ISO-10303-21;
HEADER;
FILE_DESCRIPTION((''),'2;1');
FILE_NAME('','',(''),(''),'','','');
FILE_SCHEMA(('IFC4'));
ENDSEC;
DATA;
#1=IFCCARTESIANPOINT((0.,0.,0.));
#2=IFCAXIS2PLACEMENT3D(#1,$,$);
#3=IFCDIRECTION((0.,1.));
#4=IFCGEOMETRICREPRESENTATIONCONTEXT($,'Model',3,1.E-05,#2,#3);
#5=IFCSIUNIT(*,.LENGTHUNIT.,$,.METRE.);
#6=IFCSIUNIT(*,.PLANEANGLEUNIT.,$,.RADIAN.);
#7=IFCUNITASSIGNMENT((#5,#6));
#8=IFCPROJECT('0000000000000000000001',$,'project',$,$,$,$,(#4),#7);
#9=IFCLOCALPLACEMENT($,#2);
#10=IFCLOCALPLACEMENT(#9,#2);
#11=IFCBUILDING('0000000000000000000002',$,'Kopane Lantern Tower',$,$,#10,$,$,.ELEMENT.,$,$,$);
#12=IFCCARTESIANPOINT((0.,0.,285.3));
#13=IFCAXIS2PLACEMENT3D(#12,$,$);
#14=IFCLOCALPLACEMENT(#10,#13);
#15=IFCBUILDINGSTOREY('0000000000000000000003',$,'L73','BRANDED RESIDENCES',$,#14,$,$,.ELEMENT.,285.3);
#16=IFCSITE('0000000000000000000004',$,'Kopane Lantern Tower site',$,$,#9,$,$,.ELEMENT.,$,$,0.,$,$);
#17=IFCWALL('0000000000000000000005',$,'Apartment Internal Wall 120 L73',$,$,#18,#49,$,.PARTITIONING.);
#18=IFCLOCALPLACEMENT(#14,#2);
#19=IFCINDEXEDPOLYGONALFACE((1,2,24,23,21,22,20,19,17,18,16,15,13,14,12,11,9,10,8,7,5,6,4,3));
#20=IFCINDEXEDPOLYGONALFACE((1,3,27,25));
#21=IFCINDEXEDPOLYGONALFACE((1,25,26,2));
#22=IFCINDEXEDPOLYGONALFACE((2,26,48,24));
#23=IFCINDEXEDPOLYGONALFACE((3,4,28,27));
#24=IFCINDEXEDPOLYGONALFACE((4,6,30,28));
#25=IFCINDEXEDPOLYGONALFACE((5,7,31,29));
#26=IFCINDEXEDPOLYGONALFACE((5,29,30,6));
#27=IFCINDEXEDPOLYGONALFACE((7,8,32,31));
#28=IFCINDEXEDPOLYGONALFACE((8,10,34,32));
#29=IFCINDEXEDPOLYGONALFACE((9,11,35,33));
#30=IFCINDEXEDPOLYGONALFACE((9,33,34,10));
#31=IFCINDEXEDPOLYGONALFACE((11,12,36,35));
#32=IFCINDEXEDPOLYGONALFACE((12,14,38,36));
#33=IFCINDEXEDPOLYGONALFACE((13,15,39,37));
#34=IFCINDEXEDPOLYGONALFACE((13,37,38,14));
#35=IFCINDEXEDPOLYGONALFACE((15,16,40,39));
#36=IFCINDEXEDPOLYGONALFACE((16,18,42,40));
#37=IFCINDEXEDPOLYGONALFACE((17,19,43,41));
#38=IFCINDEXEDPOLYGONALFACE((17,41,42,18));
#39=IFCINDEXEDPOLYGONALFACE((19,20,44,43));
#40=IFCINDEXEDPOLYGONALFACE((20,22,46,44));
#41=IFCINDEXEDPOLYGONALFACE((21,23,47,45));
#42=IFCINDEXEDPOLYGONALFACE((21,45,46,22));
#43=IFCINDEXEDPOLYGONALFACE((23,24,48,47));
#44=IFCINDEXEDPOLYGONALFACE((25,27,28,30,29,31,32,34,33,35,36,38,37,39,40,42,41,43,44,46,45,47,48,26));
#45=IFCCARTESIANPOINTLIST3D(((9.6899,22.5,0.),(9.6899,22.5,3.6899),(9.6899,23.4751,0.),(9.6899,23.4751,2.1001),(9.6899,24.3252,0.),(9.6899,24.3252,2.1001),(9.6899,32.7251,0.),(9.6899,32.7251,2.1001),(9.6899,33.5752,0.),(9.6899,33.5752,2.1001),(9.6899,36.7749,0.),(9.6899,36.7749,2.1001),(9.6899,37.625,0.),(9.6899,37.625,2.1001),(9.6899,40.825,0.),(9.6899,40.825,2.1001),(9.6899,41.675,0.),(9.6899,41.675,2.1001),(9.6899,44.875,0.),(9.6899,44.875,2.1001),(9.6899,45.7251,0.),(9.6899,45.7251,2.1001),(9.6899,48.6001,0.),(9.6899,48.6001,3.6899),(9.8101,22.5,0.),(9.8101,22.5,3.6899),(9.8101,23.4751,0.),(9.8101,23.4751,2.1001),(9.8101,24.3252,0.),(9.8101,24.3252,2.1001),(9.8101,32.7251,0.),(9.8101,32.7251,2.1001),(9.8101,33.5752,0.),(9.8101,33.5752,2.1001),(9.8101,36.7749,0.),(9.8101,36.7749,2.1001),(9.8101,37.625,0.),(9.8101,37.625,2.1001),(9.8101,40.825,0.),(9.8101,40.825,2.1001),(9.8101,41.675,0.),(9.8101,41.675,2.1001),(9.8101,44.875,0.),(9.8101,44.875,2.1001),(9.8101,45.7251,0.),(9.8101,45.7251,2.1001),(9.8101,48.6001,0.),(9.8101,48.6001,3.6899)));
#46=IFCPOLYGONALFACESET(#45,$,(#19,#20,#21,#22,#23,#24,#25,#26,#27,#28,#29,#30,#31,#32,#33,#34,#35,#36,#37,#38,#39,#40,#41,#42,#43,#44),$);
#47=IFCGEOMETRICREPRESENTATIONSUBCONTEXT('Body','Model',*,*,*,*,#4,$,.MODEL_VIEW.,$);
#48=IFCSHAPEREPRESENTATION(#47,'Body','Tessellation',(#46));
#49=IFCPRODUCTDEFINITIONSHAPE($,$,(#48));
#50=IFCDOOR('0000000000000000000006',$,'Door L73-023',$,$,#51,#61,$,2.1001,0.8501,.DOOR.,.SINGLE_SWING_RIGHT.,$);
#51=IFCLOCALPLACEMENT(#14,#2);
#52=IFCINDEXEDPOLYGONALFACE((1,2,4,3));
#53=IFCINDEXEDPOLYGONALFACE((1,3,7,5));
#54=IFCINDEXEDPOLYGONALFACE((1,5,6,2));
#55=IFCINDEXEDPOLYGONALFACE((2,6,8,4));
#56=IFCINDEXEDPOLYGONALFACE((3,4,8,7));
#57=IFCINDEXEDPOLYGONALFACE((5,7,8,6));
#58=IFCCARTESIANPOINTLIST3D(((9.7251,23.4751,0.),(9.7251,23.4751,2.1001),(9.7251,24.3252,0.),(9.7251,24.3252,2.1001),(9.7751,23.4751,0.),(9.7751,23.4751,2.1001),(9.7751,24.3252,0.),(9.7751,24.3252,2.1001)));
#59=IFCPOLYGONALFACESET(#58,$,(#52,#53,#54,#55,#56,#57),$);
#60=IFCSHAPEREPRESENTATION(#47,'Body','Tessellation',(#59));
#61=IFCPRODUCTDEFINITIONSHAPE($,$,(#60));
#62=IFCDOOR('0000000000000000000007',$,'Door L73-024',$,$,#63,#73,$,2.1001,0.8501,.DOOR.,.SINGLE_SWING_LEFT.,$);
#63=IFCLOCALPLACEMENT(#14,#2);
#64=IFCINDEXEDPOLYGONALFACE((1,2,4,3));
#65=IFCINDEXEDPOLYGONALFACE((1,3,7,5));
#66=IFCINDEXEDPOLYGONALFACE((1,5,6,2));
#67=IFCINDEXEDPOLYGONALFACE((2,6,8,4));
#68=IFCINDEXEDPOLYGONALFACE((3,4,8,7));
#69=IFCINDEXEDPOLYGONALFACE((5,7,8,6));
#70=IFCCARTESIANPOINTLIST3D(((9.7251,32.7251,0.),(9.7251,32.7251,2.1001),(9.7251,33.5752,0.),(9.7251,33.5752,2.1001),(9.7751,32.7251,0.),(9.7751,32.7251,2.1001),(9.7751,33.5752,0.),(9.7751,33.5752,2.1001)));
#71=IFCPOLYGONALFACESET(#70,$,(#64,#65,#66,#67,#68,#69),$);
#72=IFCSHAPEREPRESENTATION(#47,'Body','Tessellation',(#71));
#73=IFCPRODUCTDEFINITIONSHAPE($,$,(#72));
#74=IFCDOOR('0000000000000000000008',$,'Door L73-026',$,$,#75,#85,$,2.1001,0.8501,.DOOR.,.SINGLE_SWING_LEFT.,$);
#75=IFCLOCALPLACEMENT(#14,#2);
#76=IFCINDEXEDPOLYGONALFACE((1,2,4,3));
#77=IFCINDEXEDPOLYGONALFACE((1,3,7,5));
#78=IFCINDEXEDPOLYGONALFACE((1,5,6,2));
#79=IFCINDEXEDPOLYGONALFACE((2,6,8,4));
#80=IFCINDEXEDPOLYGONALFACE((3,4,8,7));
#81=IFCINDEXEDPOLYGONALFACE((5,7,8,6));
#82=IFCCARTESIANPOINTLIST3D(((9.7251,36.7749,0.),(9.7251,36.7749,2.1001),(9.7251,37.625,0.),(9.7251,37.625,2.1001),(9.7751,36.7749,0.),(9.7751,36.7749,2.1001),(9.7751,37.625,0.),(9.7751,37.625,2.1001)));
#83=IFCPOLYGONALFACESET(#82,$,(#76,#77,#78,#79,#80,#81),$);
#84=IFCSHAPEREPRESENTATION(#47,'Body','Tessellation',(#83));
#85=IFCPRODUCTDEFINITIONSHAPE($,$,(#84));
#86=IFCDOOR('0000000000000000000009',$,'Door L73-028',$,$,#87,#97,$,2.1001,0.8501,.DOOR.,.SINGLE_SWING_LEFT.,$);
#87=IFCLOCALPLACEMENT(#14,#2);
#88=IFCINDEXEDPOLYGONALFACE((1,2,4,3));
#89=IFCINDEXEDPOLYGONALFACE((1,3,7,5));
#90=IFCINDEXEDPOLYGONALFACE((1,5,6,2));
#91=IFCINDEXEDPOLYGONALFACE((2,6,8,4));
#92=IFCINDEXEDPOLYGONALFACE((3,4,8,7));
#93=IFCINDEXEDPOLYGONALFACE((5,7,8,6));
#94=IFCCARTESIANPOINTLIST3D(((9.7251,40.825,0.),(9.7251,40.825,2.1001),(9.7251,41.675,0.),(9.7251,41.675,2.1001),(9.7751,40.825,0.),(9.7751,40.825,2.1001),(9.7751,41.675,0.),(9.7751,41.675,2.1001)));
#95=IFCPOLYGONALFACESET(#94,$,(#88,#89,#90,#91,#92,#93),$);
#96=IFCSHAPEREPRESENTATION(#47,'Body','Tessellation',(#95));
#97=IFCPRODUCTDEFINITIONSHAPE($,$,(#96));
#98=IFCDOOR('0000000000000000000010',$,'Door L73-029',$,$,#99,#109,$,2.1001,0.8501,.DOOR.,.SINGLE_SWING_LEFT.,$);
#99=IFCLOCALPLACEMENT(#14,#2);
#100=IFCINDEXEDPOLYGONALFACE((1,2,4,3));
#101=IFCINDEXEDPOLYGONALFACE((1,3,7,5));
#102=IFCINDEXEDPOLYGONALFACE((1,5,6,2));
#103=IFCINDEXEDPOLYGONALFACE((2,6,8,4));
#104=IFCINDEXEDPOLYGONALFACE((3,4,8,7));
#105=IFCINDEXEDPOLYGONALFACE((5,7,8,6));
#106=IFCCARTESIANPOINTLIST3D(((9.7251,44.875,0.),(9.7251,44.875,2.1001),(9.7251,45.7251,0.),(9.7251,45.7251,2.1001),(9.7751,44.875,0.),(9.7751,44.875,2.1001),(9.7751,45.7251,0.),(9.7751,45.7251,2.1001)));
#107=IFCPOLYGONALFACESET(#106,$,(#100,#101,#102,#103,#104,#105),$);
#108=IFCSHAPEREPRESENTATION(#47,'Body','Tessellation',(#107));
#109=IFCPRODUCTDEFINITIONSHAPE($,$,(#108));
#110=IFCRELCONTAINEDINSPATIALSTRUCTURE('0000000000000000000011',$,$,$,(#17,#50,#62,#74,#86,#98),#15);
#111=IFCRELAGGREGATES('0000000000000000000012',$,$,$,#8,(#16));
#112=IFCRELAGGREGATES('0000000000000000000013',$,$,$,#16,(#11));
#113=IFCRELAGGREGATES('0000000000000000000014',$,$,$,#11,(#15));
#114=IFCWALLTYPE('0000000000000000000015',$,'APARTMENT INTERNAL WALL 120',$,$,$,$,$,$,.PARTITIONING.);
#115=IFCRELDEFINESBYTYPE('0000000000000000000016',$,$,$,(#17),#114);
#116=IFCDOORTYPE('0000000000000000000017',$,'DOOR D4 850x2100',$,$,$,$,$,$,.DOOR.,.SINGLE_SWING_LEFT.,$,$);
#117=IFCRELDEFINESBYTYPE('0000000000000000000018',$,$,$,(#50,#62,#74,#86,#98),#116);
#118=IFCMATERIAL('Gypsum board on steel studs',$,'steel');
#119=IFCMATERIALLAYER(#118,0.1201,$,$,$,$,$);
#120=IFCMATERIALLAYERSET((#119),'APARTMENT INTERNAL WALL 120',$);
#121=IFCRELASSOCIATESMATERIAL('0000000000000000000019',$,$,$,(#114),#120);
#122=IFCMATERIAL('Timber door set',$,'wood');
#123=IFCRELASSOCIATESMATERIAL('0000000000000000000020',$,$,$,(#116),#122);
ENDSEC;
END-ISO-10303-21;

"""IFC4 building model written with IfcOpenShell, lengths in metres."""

from ifc_helpers import new_model, si_unit, direction, frame, frame_2d, origin, place, context, subcontext, project, spatial, rectangle, extrude, material, layer, layer_set, type_object, element, fill, save


model = new_model("IFC4")

# Units and contexts
model_context = context("Model", 3, precision=1e-05, world=origin(), true_north=direction((0.0, 1.0)))
body_context = subcontext(model_context, "Body", "Model", "MODEL_VIEW")
ifc_project = project(units=[si_unit("LENGTHUNIT", "METRE"), si_unit("PLANEANGLEUNIT", "RADIAN")], contexts=[model_context])

# Site, building, storey
site_placement = place(None, origin())
site = spatial("IfcSite", under=ifc_project, at=site_placement, Name="Kopane Lantern Tower site", CompositionType="ELEMENT", RefElevation=0.0)
building_placement = place(site_placement, origin())
building = spatial("IfcBuilding", under=site, at=building_placement, Name="Kopane Lantern Tower", CompositionType="ELEMENT")
storey_placement = place(building_placement, frame((0.0, 0.0, 285.3)))
storey = spatial("IfcBuildingStorey", under=building, at=storey_placement, Name="L73", Description="BRANDED RESIDENCES", CompositionType="ELEMENT", Elevation=285.3)

# Wall, openings, doors
ifc_material_1 = material(Name="Gypsum board on steel studs", Category="steel")
ifc_layer_1 = layer(ifc_material_1, 0.1201)
ifc_layer_set_1 = layer_set([ifc_layer_1], Name="APARTMENT INTERNAL WALL 120")
wall_type_1 = type_object("IfcWallType", Name="APARTMENT INTERNAL WALL 120", PredefinedType="PARTITIONING", material=ifc_layer_set_1)
wall_1_placement = place(storey_placement, frame((9.75, 22.5, 0.0), z_axis=(0.0, 0.0, 1.0), x_axis=(0.0, 1.0, 0.0)))
wall_1 = element("IfcWall", 1, at=wall_1_placement, inside=storey, type_object=wall_type_1, Name="Apartment Internal Wall 120 L73", PredefinedType="PARTITIONING", context=body_context, shape_type="SweptSolid", body=[
    extrude(rectangle(XDim=26.1001, YDim=0.1201, at=frame_2d((13.05, 0.0))), origin(), (0.0, 0.0, 1.0), 3.6899),
])
opening_1_placement = place(wall_1_placement, frame((0.9751, 0.0, 0.0)))
opening_1 = element("IfcOpeningElement", 2, at=opening_1_placement, cuts=wall_1, PredefinedType="OPENING", context=body_context, shape_type="SweptSolid", body=[
    extrude(rectangle(XDim=0.8501, YDim=2.1001, at=frame_2d((0.425, 1.05))), frame((0.0, 0.0701, 0.0), z_axis=(0.0, -1.0, 0.0), x_axis=(1.0, 0.0, 0.0)), (0.0, 0.0, 1.0), 0.1401),
])
opening_2_placement = place(wall_1_placement, frame((10.2251, 0.0, 0.0)))
opening_2 = element("IfcOpeningElement", 3, at=opening_2_placement, cuts=wall_1, PredefinedType="OPENING", context=body_context, shape_type="SweptSolid", body=[
    extrude(rectangle(XDim=0.8501, YDim=2.1001, at=frame_2d((0.425, 1.05))), frame((0.0, 0.0701, 0.0), z_axis=(0.0, -1.0, 0.0), x_axis=(1.0, 0.0, 0.0)), (0.0, 0.0, 1.0), 0.1401),
])
opening_3_placement = place(wall_1_placement, frame((14.2749, 0.0, 0.0)))
opening_3 = element("IfcOpeningElement", 4, at=opening_3_placement, cuts=wall_1, PredefinedType="OPENING", context=body_context, shape_type="SweptSolid", body=[
    extrude(rectangle(XDim=0.8501, YDim=2.1001, at=frame_2d((0.425, 1.05))), frame((0.0, 0.0701, 0.0), z_axis=(0.0, -1.0, 0.0), x_axis=(1.0, 0.0, 0.0)), (0.0, 0.0, 1.0), 0.1401),
])
opening_4_placement = place(wall_1_placement, frame((18.325, 0.0, 0.0)))
opening_4 = element("IfcOpeningElement", 5, at=opening_4_placement, cuts=wall_1, PredefinedType="OPENING", context=body_context, shape_type="SweptSolid", body=[
    extrude(rectangle(XDim=0.8501, YDim=2.1001, at=frame_2d((0.425, 1.05))), frame((0.0, 0.0701, 0.0), z_axis=(0.0, -1.0, 0.0), x_axis=(1.0, 0.0, 0.0)), (0.0, 0.0, 1.0), 0.1401),
])
opening_5_placement = place(wall_1_placement, frame((22.375, 0.0, 0.0)))
opening_5 = element("IfcOpeningElement", 6, at=opening_5_placement, cuts=wall_1, PredefinedType="OPENING", context=body_context, shape_type="SweptSolid", body=[
    extrude(rectangle(XDim=0.8501, YDim=2.1001, at=frame_2d((0.425, 1.05))), frame((0.0, 0.0701, 0.0), z_axis=(0.0, -1.0, 0.0), x_axis=(1.0, 0.0, 0.0)), (0.0, 0.0, 1.0), 0.1401),
])
ifc_material_2 = material(Name="Timber door set", Category="wood")
door_type_1 = type_object("IfcDoorType", Name="DOOR D4 850x2100", OperationType="SINGLE_SWING_LEFT", PredefinedType="DOOR", material=ifc_material_2)
door_1_placement = place(opening_1_placement, origin())
door_1 = element("IfcDoor", 7, at=door_1_placement, inside=storey, type_object=door_type_1, Name="Door L73-023", OperationType="SINGLE_SWING_RIGHT", OverallHeight=2.1001, OverallWidth=0.8501, PredefinedType="DOOR", context=body_context, shape_type="SweptSolid", body=[
    extrude(rectangle(XDim=0.8501, YDim=2.1001, at=frame_2d((0.425, 1.05))), frame((0.0, 0.0249, 0.0), z_axis=(0.0, -1.0, 0.0), x_axis=(1.0, 0.0, 0.0)), (0.0, 0.0, 1.0), 0.05),
])
fill(opening_1, door_1)
door_2_placement = place(opening_2_placement, origin())
door_2 = element("IfcDoor", 8, at=door_2_placement, inside=storey, type_object=door_type_1, Name="Door L73-024", OperationType="SINGLE_SWING_LEFT", OverallHeight=2.1001, OverallWidth=0.8501, PredefinedType="DOOR", context=body_context, shape_type="SweptSolid", body=[
    extrude(rectangle(XDim=0.8501, YDim=2.1001, at=frame_2d((0.425, 1.05))), frame((0.0, 0.0249, 0.0), z_axis=(0.0, -1.0, 0.0), x_axis=(1.0, 0.0, 0.0)), (0.0, 0.0, 1.0), 0.05),
])
fill(opening_2, door_2)
door_3_placement = place(opening_3_placement, origin())
door_3 = element("IfcDoor", 9, at=door_3_placement, inside=storey, type_object=door_type_1, Name="Door L73-026", OperationType="SINGLE_SWING_LEFT", OverallHeight=2.1001, OverallWidth=0.8501, PredefinedType="DOOR", context=body_context, shape_type="SweptSolid", body=[
    extrude(rectangle(XDim=0.8501, YDim=2.1001, at=frame_2d((0.425, 1.05))), frame((0.0, 0.0249, 0.0), z_axis=(0.0, -1.0, 0.0), x_axis=(1.0, 0.0, 0.0)), (0.0, 0.0, 1.0), 0.05),
])
fill(opening_3, door_3)
door_4_placement = place(opening_4_placement, origin())
door_4 = element("IfcDoor", 10, at=door_4_placement, inside=storey, type_object=door_type_1, Name="Door L73-028", OperationType="SINGLE_SWING_LEFT", OverallHeight=2.1001, OverallWidth=0.8501, PredefinedType="DOOR", context=body_context, shape_type="SweptSolid", body=[
    extrude(rectangle(XDim=0.8501, YDim=2.1001, at=frame_2d((0.425, 1.05))), frame((0.0, 0.0249, 0.0), z_axis=(0.0, -1.0, 0.0), x_axis=(1.0, 0.0, 0.0)), (0.0, 0.0, 1.0), 0.05),
])
fill(opening_4, door_4)
door_5_placement = place(opening_5_placement, origin())
door_5 = element("IfcDoor", 11, at=door_5_placement, inside=storey, type_object=door_type_1, Name="Door L73-029", OperationType="SINGLE_SWING_LEFT", OverallHeight=2.1001, OverallWidth=0.8501, PredefinedType="DOOR", context=body_context, shape_type="SweptSolid", body=[
    extrude(rectangle(XDim=0.8501, YDim=2.1001, at=frame_2d((0.425, 1.05))), frame((0.0, 0.0249, 0.0), z_axis=(0.0, -1.0, 0.0), x_axis=(1.0, 0.0, 0.0)), (0.0, 0.0, 1.0), 0.05),
])
fill(opening_5, door_5)

save(model, "model.ifc")
